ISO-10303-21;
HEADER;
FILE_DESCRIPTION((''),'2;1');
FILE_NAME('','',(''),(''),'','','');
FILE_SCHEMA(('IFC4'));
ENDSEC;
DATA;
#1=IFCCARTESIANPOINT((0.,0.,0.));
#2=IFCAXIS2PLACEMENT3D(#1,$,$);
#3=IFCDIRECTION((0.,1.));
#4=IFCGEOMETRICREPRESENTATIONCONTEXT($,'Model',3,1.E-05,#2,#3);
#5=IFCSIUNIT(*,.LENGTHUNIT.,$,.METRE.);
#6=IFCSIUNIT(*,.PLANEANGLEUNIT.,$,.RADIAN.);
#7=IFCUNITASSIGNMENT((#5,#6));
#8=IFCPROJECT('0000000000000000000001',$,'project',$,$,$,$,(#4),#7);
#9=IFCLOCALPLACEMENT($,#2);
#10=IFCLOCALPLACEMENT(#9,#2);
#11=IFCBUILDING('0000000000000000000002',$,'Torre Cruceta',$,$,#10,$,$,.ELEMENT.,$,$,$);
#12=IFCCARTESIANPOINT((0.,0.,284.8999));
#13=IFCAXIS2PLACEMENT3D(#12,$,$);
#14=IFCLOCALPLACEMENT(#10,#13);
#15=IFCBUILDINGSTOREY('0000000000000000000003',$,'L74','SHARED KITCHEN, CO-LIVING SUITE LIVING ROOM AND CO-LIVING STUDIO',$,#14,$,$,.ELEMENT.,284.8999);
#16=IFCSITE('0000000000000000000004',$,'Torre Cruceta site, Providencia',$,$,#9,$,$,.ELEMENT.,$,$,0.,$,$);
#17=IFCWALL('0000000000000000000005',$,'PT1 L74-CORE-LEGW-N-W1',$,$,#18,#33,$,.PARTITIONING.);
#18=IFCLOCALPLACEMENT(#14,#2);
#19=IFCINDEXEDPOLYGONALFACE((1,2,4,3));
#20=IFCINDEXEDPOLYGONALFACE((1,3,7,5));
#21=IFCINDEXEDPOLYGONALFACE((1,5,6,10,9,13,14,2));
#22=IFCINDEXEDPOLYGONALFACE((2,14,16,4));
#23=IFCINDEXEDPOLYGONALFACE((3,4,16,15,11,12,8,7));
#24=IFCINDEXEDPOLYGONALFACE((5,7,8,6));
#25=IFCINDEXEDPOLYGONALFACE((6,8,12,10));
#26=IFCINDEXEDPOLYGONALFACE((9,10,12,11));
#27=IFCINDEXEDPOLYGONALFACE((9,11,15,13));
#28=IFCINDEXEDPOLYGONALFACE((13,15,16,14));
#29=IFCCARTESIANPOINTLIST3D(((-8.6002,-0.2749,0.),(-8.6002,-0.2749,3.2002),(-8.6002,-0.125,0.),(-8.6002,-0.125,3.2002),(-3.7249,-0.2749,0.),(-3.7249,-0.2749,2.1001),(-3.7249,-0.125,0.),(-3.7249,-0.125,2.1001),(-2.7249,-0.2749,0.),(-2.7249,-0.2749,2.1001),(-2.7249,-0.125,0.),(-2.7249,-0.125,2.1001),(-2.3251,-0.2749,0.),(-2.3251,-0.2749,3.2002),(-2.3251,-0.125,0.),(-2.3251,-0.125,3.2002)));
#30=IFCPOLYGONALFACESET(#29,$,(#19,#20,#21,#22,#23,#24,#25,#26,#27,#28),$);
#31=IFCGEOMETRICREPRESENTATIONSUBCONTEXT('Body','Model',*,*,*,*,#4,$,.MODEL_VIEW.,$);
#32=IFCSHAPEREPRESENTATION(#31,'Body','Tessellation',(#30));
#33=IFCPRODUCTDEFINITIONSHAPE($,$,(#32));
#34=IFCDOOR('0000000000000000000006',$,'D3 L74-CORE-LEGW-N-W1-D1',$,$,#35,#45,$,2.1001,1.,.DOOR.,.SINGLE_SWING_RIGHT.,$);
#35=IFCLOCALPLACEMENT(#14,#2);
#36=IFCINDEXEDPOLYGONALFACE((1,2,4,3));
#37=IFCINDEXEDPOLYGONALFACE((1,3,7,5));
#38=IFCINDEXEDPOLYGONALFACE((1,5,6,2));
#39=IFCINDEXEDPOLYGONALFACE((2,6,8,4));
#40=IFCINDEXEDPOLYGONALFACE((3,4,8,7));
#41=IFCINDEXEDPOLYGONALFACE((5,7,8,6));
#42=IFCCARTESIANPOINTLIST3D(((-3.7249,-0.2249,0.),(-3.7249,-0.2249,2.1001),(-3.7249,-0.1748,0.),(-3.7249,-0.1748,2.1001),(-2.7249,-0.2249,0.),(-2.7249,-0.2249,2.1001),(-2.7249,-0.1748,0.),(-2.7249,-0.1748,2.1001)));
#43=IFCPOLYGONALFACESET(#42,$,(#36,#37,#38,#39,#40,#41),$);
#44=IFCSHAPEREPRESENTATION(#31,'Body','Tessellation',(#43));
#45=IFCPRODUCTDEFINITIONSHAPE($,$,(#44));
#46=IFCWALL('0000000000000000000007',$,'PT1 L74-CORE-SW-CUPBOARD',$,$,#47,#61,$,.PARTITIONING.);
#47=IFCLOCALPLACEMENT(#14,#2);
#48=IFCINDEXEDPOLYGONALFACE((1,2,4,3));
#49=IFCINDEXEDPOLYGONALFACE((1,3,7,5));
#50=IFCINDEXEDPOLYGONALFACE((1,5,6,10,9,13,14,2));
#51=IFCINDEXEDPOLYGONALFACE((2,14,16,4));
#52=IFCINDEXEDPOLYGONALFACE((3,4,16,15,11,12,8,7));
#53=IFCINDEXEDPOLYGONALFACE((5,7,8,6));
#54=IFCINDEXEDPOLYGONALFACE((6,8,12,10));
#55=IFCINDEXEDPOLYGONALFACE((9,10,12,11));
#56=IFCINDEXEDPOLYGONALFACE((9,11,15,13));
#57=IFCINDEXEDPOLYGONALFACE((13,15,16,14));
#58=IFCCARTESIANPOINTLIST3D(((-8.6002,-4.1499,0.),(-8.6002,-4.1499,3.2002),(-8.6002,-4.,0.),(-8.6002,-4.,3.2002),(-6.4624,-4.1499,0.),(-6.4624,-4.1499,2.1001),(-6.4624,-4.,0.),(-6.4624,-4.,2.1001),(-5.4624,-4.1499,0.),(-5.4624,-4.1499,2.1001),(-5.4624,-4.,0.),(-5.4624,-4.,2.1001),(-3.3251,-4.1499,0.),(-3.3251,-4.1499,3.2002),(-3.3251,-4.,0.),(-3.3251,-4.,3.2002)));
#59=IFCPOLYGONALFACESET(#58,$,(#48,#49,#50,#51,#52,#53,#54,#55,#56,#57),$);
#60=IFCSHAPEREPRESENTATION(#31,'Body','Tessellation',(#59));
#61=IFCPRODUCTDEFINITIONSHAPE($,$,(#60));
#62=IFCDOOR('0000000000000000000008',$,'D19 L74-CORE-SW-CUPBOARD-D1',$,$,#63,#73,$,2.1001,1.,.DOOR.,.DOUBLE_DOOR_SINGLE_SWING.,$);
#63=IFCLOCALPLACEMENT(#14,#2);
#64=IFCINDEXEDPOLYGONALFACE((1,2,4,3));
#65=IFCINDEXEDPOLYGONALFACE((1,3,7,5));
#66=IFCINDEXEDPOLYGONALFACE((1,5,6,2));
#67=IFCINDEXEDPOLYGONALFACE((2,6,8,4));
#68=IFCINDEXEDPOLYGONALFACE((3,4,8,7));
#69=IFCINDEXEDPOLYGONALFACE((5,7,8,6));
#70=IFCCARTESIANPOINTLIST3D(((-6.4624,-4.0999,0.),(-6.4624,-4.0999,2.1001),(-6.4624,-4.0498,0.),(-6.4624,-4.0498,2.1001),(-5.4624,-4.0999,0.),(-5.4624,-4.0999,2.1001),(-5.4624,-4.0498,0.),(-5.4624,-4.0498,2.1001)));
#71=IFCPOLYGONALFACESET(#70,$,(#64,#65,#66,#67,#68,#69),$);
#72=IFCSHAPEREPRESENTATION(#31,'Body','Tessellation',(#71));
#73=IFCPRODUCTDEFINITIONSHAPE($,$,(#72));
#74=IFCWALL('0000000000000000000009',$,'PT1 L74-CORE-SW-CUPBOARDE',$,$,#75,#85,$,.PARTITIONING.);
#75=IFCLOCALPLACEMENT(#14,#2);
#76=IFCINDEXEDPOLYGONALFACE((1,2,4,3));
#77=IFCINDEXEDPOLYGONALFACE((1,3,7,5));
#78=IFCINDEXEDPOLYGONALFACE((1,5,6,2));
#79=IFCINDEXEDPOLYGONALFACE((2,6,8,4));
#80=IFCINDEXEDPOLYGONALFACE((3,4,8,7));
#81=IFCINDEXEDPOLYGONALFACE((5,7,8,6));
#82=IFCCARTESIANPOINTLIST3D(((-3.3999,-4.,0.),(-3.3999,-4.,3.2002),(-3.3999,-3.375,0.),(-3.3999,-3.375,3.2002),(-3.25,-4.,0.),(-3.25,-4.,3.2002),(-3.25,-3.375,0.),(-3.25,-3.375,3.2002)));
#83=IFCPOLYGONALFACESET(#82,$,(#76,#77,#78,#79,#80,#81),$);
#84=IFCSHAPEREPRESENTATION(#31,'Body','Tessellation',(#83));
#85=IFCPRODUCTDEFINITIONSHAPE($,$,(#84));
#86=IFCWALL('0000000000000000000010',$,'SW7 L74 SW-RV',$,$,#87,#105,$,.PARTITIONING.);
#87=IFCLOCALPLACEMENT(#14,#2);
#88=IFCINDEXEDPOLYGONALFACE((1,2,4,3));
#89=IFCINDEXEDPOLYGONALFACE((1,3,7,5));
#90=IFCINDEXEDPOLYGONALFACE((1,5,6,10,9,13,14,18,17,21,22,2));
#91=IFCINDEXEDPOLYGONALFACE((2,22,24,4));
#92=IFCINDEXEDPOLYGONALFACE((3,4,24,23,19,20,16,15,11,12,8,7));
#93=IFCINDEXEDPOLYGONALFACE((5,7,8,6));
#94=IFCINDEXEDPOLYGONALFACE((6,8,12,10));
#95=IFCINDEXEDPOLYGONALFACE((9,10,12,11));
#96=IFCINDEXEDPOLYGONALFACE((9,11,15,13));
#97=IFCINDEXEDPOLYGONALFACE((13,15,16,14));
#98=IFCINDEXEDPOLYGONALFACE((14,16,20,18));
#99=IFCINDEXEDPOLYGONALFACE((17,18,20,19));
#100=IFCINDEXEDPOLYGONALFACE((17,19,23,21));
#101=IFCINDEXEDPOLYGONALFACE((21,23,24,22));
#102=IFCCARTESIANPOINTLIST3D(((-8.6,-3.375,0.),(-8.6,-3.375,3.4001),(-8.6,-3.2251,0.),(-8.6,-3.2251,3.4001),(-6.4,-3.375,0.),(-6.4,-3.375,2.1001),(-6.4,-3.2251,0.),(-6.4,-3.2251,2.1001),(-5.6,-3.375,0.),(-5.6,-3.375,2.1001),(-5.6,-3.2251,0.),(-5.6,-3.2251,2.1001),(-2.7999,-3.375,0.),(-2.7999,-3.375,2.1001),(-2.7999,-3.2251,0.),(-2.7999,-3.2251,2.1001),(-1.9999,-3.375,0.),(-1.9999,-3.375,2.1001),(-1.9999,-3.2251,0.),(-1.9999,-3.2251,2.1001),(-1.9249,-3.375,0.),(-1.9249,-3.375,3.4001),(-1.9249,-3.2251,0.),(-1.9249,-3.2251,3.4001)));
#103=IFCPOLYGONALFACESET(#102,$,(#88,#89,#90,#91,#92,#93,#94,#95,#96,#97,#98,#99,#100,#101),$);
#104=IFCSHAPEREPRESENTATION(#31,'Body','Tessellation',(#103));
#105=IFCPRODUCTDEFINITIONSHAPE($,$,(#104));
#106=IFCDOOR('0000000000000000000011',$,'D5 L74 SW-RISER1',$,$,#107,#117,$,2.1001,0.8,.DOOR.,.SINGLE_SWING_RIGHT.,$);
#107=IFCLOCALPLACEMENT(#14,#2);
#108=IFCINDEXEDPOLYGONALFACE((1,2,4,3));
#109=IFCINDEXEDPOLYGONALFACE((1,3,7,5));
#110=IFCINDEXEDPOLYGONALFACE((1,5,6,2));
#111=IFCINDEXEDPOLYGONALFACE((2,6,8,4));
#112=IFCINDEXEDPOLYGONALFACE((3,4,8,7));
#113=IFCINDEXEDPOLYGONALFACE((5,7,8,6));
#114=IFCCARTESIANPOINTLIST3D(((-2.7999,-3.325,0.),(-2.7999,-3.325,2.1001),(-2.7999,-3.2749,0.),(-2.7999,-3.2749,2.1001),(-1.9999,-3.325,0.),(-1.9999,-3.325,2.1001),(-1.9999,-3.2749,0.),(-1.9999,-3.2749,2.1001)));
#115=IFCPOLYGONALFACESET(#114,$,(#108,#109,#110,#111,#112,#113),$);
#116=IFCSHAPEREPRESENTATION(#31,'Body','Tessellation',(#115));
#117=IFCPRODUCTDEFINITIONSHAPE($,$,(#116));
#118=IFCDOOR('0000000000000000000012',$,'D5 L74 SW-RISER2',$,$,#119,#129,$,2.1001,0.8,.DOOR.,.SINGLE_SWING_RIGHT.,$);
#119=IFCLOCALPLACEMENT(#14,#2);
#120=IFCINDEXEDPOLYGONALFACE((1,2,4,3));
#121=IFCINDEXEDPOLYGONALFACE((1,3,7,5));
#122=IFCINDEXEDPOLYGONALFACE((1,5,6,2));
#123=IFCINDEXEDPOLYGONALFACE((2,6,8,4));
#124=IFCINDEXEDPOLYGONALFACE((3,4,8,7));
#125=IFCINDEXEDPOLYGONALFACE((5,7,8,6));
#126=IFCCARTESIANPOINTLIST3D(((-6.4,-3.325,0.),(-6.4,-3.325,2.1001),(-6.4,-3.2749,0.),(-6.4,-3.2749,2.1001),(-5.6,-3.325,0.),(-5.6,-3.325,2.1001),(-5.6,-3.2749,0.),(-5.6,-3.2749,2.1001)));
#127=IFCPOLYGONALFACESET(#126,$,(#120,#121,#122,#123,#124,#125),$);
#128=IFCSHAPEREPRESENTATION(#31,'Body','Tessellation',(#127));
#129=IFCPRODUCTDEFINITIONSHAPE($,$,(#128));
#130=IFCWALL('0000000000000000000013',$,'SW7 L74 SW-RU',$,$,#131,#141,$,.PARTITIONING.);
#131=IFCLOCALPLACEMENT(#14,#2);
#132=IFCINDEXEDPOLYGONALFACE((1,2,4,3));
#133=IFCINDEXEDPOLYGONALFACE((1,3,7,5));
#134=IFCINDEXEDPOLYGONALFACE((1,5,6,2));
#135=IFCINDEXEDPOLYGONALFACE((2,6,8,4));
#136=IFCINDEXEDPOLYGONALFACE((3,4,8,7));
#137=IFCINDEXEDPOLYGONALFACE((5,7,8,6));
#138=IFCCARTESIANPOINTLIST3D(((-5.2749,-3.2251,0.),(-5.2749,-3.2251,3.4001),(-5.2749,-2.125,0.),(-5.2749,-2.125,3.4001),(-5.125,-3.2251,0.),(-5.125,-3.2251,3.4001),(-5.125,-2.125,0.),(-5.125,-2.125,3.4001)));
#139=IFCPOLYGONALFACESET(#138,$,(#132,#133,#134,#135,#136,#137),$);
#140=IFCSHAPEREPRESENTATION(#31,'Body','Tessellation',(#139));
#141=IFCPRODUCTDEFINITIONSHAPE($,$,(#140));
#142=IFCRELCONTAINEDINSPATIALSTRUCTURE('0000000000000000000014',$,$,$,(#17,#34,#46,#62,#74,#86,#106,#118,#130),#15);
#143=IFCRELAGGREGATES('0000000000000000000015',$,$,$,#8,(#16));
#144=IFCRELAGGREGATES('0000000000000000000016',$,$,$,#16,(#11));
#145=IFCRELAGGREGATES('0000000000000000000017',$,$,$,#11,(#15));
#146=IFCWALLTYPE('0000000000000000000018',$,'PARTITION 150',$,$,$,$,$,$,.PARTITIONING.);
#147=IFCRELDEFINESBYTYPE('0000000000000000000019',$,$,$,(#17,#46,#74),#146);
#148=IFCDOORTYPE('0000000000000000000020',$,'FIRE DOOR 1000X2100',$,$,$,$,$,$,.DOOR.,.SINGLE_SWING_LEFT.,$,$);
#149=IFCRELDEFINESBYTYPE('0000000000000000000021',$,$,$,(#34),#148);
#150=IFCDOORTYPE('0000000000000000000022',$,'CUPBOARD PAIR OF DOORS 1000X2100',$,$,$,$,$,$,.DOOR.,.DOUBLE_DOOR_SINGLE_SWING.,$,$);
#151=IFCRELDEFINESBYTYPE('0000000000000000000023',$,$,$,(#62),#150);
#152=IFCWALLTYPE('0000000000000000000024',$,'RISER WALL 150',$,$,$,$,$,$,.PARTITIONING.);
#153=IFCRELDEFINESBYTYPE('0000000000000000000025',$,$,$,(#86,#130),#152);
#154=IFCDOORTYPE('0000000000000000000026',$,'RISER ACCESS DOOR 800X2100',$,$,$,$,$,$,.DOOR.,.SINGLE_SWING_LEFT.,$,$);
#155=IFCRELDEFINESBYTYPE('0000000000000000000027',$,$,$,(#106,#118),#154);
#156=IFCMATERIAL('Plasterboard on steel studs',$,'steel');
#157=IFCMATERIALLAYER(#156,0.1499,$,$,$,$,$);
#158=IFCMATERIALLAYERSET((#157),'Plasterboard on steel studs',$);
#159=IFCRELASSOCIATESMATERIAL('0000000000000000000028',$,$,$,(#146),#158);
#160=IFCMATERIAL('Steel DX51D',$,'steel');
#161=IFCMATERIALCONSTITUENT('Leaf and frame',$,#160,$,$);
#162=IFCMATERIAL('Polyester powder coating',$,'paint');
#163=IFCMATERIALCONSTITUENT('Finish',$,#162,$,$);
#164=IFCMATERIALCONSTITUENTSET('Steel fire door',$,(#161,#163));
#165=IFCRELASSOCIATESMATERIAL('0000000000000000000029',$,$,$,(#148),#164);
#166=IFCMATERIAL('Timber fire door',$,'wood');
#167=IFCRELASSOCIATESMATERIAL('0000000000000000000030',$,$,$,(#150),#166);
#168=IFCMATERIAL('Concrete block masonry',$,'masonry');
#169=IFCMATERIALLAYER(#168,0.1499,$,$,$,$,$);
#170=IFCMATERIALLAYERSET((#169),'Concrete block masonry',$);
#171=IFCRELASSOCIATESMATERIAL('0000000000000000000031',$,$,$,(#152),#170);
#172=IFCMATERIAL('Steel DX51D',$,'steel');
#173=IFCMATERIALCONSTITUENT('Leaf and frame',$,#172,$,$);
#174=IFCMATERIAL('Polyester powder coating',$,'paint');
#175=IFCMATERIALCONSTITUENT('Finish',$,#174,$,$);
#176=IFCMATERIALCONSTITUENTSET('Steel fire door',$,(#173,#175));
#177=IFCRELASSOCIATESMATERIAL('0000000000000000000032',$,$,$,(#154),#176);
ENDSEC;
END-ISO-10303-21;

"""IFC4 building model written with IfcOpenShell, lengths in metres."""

from ifc_helpers import new_model, si_unit, direction, frame, frame_2d, origin, place, context, subcontext, project, spatial, rectangle, extrude, material, layer, layer_set, constituent, constituent_set, type_object, element, fill, save


model = new_model("IFC4")

# Units and contexts
model_context = context("Model", 3, precision=1e-05, world=origin(), true_north=direction((0.0, 1.0)))
body_context = subcontext(model_context, "Body", "Model", "MODEL_VIEW")
ifc_project = project(units=[si_unit("LENGTHUNIT", "METRE"), si_unit("PLANEANGLEUNIT", "RADIAN")], contexts=[model_context])

# Site, building, storey
site_placement = place(None, origin())
site = spatial("IfcSite", under=ifc_project, at=site_placement, Name="Torre Cruceta site, Providencia", CompositionType="ELEMENT", RefElevation=0.0)
building_placement = place(site_placement, origin())
building = spatial("IfcBuilding", under=site, at=building_placement, Name="Torre Cruceta", CompositionType="ELEMENT")
storey_placement = place(building_placement, frame((0.0, 0.0, 284.8999)))
storey = spatial("IfcBuildingStorey", under=building, at=storey_placement, Name="L74", Description="SHARED KITCHEN, CO-LIVING SUITE LIVING ROOM AND CO-LIVING STUDIO", CompositionType="ELEMENT", Elevation=284.8999)

# Walls, openings, doors
ifc_material_1 = material(Name="Plasterboard on steel studs", Category="steel")
ifc_layer_1 = layer(ifc_material_1, 0.1499)
ifc_layer_set_1 = layer_set([ifc_layer_1], Name="Plasterboard on steel studs")
wall_type_1 = type_object("IfcWallType", Name="PARTITION 150", PredefinedType="PARTITIONING", material=ifc_layer_set_1)
wall_1_placement = place(storey_placement, frame((-2.325, -0.2, 0.0), z_axis=(0.0, 0.0, 1.0), x_axis=(-1.0, 0.0, 0.0)))
wall_1 = element("IfcWall", 1, at=wall_1_placement, inside=storey, type_object=wall_type_1, Name="PT1 L74-CORE-LEGW-N-W1", PredefinedType="PARTITIONING", context=body_context, shape_type="SweptSolid", body=[
    extrude(rectangle(XDim=6.2751, YDim=0.1499, at=frame_2d((3.1377, 0.0))), origin(), (0.0, 0.0, 1.0), 3.2002),
])
opening_1_placement = place(wall_1_placement, frame((0.3999, 0.0, 0.0)))
opening_1 = element("IfcOpeningElement", 2, at=opening_1_placement, cuts=wall_1, PredefinedType="OPENING", context=body_context, shape_type="SweptSolid", body=[
    extrude(rectangle(XDim=1.0, YDim=2.1001, at=frame_2d((0.5, 1.05))), frame((0.0, 0.085, 0.0), z_axis=(0.0, -1.0, 0.0), x_axis=(1.0, 0.0, 0.0)), (0.0, 0.0, 1.0), 0.1699),
])
ifc_material_2 = material(Name="Steel DX51D", Category="steel")
ifc_constituent_1 = constituent(ifc_material_2, Name="Leaf and frame")
ifc_material_3 = material(Name="Polyester powder coating", Category="paint")
ifc_constituent_2 = constituent(ifc_material_3, Name="Finish")
ifc_constituent_set_1 = constituent_set(constituents=[ifc_constituent_1, ifc_constituent_2], Name="Steel fire door")
door_type_1 = type_object("IfcDoorType", Name="FIRE DOOR 1000X2100", OperationType="SINGLE_SWING_LEFT", PredefinedType="DOOR", material=ifc_constituent_set_1)
door_1_placement = place(opening_1_placement, frame((1.0, 0.0, 0.0), z_axis=(0.0, 0.0, 1.0), x_axis=(-1.0, 0.0, 0.0)))
door_1 = element("IfcDoor", 3, at=door_1_placement, inside=storey, type_object=door_type_1, Name="D3 L74-CORE-LEGW-N-W1-D1", OperationType="SINGLE_SWING_RIGHT", OverallHeight=2.1001, OverallWidth=1.0, PredefinedType="DOOR", context=body_context, shape_type="SweptSolid", body=[
    extrude(rectangle(XDim=1.0, YDim=2.1001, at=frame_2d((0.5, 1.05))), frame((0.0, 0.0251, 0.0), z_axis=(0.0, -1.0, 0.0), x_axis=(1.0, 0.0, 0.0)), (0.0, 0.0, 1.0), 0.05),
])
fill(opening_1, door_1)
wall_2_placement = place(storey_placement, frame((-3.325, -4.075, 0.0), z_axis=(0.0, 0.0, 1.0), x_axis=(-1.0, 0.0, 0.0)))
wall_2 = element("IfcWall", 4, at=wall_2_placement, inside=storey, type_object=wall_type_1, Name="PT1 L74-CORE-SW-CUPBOARD", PredefinedType="PARTITIONING", context=body_context, shape_type="SweptSolid", body=[
    extrude(rectangle(XDim=5.2751, YDim=0.1499, at=frame_2d((2.6377, 0.0))), origin(), (0.0, 0.0, 1.0), 3.2002),
])
opening_2_placement = place(wall_2_placement, frame((2.1375, 0.0, 0.0)))
opening_2 = element("IfcOpeningElement", 5, at=opening_2_placement, cuts=wall_2, PredefinedType="OPENING", context=body_context, shape_type="SweptSolid", body=[
    extrude(rectangle(XDim=1.0, YDim=2.1001, at=frame_2d((0.5, 1.05))), frame((0.0, 0.085, 0.0), z_axis=(0.0, -1.0, 0.0), x_axis=(1.0, 0.0, 0.0)), (0.0, 0.0, 1.0), 0.1699),
])
ifc_material_4 = material(Name="Timber fire door", Category="wood")
door_type_2 = type_object("IfcDoorType", Name="CUPBOARD PAIR OF DOORS 1000X2100", OperationType="DOUBLE_DOOR_SINGLE_SWING", PredefinedType="DOOR", material=ifc_material_4)
door_2_placement = place(opening_2_placement, frame((1.0, 0.0, 0.0), z_axis=(0.0, 0.0, 1.0), x_axis=(-1.0, 0.0, 0.0)))
door_2 = element("IfcDoor", 6, at=door_2_placement, inside=storey, type_object=door_type_2, Name="D19 L74-CORE-SW-CUPBOARD-D1", OperationType="DOUBLE_DOOR_SINGLE_SWING", OverallHeight=2.1001, OverallWidth=1.0, PredefinedType="DOOR", context=body_context, shape_type="SweptSolid", body=[
    extrude(rectangle(XDim=1.0, YDim=2.1001, at=frame_2d((0.5, 1.05))), frame((0.0, 0.0251, 0.0), z_axis=(0.0, -1.0, 0.0), x_axis=(1.0, 0.0, 0.0)), (0.0, 0.0, 1.0), 0.05),
])
fill(opening_2, door_2)

# Wall
wall_3_placement = place(storey_placement, frame((-3.325, -3.375, 0.0), z_axis=(0.0, 0.0, 1.0), x_axis=(0.0, -1.0, 0.0)))
element("IfcWall", 7, at=wall_3_placement, inside=storey, type_object=wall_type_1, Name="PT1 L74-CORE-SW-CUPBOARDE", PredefinedType="PARTITIONING", context=body_context, shape_type="SweptSolid", body=[
    extrude(rectangle(XDim=0.625, YDim=0.1499, at=frame_2d((0.3125, 0.0))), origin(), (0.0, 0.0, 1.0), 3.2002),
])

# Wall, openings, doors
ifc_material_5 = material(Name="Concrete block masonry", Category="masonry")
ifc_layer_2 = layer(ifc_material_5, 0.1499)
ifc_layer_set_2 = layer_set([ifc_layer_2], Name="Concrete block masonry")
wall_type_2 = type_object("IfcWallType", Name="RISER WALL 150", PredefinedType="PARTITIONING", material=ifc_layer_set_2)
wall_4_placement = place(storey_placement, frame((-1.925, -3.3, 0.0), z_axis=(0.0, 0.0, 1.0), x_axis=(-1.0, 0.0, 0.0)))
wall_4 = element("IfcWall", 8, at=wall_4_placement, inside=storey, type_object=wall_type_2, Name="SW7 L74 SW-RV", PredefinedType="PARTITIONING", context=body_context, shape_type="SweptSolid", body=[
    extrude(rectangle(XDim=6.675, YDim=0.1499, at=frame_2d((3.3374, 0.0))), origin(), (0.0, 0.0, 1.0), 3.4001),
])
opening_3_placement = place(wall_4_placement, frame((0.075, 0.0, 0.0)))
opening_3 = element("IfcOpeningElement", 9, at=opening_3_placement, cuts=wall_4, PredefinedType="OPENING", context=body_context, shape_type="SweptSolid", body=[
    extrude(rectangle(XDim=0.8, YDim=2.1001, at=frame_2d((0.3999, 1.05))), frame((0.0, 0.085, 0.0), z_axis=(0.0, -1.0, 0.0), x_axis=(1.0, 0.0, 0.0)), (0.0, 0.0, 1.0), 0.1699),
])
opening_4_placement = place(wall_4_placement, frame((3.675, 0.0, 0.0)))
opening_4 = element("IfcOpeningElement", 10, at=opening_4_placement, cuts=wall_4, PredefinedType="OPENING", context=body_context, shape_type="SweptSolid", body=[
    extrude(rectangle(XDim=0.8, YDim=2.1001, at=frame_2d((0.3999, 1.05))), frame((0.0, 0.085, 0.0), z_axis=(0.0, -1.0, 0.0), x_axis=(1.0, 0.0, 0.0)), (0.0, 0.0, 1.0), 0.1699),
])
ifc_material_6 = material(Name="Steel DX51D", Category="steel")
ifc_constituent_3 = constituent(ifc_material_6, Name="Leaf and frame")
ifc_material_7 = material(Name="Polyester powder coating", Category="paint")
ifc_constituent_4 = constituent(ifc_material_7, Name="Finish")
ifc_constituent_set_2 = constituent_set(constituents=[ifc_constituent_3, ifc_constituent_4], Name="Steel fire door")
door_type_3 = type_object("IfcDoorType", Name="RISER ACCESS DOOR 800X2100", OperationType="SINGLE_SWING_LEFT", PredefinedType="DOOR", material=ifc_constituent_set_2)
door_3_placement = place(opening_3_placement, frame((0.8, 0.0, 0.0), z_axis=(0.0, 0.0, 1.0), x_axis=(-1.0, 0.0, 0.0)))
door_3 = element("IfcDoor", 11, at=door_3_placement, inside=storey, type_object=door_type_3, Name="D5 L74 SW-RISER1", OperationType="SINGLE_SWING_RIGHT", OverallHeight=2.1001, OverallWidth=0.8, PredefinedType="DOOR", context=body_context, shape_type="SweptSolid", body=[
    extrude(rectangle(XDim=0.8, YDim=2.1001, at=frame_2d((0.4001, 1.05))), frame((0.0, 0.0251, 0.0), z_axis=(0.0, -1.0, 0.0), x_axis=(1.0, 0.0, 0.0)), (0.0, 0.0, 1.0), 0.05),
])
fill(opening_3, door_3)
door_4_placement = place(opening_4_placement, frame((0.8, 0.0, 0.0), z_axis=(0.0, 0.0, 1.0), x_axis=(-1.0, 0.0, 0.0)))
door_4 = element("IfcDoor", 12, at=door_4_placement, inside=storey, type_object=door_type_3, Name="D5 L74 SW-RISER2", OperationType="SINGLE_SWING_RIGHT", OverallHeight=2.1001, OverallWidth=0.8, PredefinedType="DOOR", context=body_context, shape_type="SweptSolid", body=[
    extrude(rectangle(XDim=0.8, YDim=2.1001, at=frame_2d((0.4001, 1.05))), frame((0.0, 0.0251, 0.0), z_axis=(0.0, -1.0, 0.0), x_axis=(1.0, 0.0, 0.0)), (0.0, 0.0, 1.0), 0.05),
])
fill(opening_4, door_4)

# Wall
wall_5_placement = place(storey_placement, frame((-5.2, -2.125, 0.0), z_axis=(0.0, 0.0, 1.0), x_axis=(0.0, -1.0, 0.0)))
element("IfcWall", 13, at=wall_5_placement, inside=storey, type_object=wall_type_2, Name="SW7 L74 SW-RU", PredefinedType="PARTITIONING", context=body_context, shape_type="SweptSolid", body=[
    extrude(rectangle(XDim=1.1001, YDim=0.1499, at=frame_2d((0.55, 0.0))), origin(), (0.0, 0.0, 1.0), 3.4001),
])

save(model, "model.ifc")
